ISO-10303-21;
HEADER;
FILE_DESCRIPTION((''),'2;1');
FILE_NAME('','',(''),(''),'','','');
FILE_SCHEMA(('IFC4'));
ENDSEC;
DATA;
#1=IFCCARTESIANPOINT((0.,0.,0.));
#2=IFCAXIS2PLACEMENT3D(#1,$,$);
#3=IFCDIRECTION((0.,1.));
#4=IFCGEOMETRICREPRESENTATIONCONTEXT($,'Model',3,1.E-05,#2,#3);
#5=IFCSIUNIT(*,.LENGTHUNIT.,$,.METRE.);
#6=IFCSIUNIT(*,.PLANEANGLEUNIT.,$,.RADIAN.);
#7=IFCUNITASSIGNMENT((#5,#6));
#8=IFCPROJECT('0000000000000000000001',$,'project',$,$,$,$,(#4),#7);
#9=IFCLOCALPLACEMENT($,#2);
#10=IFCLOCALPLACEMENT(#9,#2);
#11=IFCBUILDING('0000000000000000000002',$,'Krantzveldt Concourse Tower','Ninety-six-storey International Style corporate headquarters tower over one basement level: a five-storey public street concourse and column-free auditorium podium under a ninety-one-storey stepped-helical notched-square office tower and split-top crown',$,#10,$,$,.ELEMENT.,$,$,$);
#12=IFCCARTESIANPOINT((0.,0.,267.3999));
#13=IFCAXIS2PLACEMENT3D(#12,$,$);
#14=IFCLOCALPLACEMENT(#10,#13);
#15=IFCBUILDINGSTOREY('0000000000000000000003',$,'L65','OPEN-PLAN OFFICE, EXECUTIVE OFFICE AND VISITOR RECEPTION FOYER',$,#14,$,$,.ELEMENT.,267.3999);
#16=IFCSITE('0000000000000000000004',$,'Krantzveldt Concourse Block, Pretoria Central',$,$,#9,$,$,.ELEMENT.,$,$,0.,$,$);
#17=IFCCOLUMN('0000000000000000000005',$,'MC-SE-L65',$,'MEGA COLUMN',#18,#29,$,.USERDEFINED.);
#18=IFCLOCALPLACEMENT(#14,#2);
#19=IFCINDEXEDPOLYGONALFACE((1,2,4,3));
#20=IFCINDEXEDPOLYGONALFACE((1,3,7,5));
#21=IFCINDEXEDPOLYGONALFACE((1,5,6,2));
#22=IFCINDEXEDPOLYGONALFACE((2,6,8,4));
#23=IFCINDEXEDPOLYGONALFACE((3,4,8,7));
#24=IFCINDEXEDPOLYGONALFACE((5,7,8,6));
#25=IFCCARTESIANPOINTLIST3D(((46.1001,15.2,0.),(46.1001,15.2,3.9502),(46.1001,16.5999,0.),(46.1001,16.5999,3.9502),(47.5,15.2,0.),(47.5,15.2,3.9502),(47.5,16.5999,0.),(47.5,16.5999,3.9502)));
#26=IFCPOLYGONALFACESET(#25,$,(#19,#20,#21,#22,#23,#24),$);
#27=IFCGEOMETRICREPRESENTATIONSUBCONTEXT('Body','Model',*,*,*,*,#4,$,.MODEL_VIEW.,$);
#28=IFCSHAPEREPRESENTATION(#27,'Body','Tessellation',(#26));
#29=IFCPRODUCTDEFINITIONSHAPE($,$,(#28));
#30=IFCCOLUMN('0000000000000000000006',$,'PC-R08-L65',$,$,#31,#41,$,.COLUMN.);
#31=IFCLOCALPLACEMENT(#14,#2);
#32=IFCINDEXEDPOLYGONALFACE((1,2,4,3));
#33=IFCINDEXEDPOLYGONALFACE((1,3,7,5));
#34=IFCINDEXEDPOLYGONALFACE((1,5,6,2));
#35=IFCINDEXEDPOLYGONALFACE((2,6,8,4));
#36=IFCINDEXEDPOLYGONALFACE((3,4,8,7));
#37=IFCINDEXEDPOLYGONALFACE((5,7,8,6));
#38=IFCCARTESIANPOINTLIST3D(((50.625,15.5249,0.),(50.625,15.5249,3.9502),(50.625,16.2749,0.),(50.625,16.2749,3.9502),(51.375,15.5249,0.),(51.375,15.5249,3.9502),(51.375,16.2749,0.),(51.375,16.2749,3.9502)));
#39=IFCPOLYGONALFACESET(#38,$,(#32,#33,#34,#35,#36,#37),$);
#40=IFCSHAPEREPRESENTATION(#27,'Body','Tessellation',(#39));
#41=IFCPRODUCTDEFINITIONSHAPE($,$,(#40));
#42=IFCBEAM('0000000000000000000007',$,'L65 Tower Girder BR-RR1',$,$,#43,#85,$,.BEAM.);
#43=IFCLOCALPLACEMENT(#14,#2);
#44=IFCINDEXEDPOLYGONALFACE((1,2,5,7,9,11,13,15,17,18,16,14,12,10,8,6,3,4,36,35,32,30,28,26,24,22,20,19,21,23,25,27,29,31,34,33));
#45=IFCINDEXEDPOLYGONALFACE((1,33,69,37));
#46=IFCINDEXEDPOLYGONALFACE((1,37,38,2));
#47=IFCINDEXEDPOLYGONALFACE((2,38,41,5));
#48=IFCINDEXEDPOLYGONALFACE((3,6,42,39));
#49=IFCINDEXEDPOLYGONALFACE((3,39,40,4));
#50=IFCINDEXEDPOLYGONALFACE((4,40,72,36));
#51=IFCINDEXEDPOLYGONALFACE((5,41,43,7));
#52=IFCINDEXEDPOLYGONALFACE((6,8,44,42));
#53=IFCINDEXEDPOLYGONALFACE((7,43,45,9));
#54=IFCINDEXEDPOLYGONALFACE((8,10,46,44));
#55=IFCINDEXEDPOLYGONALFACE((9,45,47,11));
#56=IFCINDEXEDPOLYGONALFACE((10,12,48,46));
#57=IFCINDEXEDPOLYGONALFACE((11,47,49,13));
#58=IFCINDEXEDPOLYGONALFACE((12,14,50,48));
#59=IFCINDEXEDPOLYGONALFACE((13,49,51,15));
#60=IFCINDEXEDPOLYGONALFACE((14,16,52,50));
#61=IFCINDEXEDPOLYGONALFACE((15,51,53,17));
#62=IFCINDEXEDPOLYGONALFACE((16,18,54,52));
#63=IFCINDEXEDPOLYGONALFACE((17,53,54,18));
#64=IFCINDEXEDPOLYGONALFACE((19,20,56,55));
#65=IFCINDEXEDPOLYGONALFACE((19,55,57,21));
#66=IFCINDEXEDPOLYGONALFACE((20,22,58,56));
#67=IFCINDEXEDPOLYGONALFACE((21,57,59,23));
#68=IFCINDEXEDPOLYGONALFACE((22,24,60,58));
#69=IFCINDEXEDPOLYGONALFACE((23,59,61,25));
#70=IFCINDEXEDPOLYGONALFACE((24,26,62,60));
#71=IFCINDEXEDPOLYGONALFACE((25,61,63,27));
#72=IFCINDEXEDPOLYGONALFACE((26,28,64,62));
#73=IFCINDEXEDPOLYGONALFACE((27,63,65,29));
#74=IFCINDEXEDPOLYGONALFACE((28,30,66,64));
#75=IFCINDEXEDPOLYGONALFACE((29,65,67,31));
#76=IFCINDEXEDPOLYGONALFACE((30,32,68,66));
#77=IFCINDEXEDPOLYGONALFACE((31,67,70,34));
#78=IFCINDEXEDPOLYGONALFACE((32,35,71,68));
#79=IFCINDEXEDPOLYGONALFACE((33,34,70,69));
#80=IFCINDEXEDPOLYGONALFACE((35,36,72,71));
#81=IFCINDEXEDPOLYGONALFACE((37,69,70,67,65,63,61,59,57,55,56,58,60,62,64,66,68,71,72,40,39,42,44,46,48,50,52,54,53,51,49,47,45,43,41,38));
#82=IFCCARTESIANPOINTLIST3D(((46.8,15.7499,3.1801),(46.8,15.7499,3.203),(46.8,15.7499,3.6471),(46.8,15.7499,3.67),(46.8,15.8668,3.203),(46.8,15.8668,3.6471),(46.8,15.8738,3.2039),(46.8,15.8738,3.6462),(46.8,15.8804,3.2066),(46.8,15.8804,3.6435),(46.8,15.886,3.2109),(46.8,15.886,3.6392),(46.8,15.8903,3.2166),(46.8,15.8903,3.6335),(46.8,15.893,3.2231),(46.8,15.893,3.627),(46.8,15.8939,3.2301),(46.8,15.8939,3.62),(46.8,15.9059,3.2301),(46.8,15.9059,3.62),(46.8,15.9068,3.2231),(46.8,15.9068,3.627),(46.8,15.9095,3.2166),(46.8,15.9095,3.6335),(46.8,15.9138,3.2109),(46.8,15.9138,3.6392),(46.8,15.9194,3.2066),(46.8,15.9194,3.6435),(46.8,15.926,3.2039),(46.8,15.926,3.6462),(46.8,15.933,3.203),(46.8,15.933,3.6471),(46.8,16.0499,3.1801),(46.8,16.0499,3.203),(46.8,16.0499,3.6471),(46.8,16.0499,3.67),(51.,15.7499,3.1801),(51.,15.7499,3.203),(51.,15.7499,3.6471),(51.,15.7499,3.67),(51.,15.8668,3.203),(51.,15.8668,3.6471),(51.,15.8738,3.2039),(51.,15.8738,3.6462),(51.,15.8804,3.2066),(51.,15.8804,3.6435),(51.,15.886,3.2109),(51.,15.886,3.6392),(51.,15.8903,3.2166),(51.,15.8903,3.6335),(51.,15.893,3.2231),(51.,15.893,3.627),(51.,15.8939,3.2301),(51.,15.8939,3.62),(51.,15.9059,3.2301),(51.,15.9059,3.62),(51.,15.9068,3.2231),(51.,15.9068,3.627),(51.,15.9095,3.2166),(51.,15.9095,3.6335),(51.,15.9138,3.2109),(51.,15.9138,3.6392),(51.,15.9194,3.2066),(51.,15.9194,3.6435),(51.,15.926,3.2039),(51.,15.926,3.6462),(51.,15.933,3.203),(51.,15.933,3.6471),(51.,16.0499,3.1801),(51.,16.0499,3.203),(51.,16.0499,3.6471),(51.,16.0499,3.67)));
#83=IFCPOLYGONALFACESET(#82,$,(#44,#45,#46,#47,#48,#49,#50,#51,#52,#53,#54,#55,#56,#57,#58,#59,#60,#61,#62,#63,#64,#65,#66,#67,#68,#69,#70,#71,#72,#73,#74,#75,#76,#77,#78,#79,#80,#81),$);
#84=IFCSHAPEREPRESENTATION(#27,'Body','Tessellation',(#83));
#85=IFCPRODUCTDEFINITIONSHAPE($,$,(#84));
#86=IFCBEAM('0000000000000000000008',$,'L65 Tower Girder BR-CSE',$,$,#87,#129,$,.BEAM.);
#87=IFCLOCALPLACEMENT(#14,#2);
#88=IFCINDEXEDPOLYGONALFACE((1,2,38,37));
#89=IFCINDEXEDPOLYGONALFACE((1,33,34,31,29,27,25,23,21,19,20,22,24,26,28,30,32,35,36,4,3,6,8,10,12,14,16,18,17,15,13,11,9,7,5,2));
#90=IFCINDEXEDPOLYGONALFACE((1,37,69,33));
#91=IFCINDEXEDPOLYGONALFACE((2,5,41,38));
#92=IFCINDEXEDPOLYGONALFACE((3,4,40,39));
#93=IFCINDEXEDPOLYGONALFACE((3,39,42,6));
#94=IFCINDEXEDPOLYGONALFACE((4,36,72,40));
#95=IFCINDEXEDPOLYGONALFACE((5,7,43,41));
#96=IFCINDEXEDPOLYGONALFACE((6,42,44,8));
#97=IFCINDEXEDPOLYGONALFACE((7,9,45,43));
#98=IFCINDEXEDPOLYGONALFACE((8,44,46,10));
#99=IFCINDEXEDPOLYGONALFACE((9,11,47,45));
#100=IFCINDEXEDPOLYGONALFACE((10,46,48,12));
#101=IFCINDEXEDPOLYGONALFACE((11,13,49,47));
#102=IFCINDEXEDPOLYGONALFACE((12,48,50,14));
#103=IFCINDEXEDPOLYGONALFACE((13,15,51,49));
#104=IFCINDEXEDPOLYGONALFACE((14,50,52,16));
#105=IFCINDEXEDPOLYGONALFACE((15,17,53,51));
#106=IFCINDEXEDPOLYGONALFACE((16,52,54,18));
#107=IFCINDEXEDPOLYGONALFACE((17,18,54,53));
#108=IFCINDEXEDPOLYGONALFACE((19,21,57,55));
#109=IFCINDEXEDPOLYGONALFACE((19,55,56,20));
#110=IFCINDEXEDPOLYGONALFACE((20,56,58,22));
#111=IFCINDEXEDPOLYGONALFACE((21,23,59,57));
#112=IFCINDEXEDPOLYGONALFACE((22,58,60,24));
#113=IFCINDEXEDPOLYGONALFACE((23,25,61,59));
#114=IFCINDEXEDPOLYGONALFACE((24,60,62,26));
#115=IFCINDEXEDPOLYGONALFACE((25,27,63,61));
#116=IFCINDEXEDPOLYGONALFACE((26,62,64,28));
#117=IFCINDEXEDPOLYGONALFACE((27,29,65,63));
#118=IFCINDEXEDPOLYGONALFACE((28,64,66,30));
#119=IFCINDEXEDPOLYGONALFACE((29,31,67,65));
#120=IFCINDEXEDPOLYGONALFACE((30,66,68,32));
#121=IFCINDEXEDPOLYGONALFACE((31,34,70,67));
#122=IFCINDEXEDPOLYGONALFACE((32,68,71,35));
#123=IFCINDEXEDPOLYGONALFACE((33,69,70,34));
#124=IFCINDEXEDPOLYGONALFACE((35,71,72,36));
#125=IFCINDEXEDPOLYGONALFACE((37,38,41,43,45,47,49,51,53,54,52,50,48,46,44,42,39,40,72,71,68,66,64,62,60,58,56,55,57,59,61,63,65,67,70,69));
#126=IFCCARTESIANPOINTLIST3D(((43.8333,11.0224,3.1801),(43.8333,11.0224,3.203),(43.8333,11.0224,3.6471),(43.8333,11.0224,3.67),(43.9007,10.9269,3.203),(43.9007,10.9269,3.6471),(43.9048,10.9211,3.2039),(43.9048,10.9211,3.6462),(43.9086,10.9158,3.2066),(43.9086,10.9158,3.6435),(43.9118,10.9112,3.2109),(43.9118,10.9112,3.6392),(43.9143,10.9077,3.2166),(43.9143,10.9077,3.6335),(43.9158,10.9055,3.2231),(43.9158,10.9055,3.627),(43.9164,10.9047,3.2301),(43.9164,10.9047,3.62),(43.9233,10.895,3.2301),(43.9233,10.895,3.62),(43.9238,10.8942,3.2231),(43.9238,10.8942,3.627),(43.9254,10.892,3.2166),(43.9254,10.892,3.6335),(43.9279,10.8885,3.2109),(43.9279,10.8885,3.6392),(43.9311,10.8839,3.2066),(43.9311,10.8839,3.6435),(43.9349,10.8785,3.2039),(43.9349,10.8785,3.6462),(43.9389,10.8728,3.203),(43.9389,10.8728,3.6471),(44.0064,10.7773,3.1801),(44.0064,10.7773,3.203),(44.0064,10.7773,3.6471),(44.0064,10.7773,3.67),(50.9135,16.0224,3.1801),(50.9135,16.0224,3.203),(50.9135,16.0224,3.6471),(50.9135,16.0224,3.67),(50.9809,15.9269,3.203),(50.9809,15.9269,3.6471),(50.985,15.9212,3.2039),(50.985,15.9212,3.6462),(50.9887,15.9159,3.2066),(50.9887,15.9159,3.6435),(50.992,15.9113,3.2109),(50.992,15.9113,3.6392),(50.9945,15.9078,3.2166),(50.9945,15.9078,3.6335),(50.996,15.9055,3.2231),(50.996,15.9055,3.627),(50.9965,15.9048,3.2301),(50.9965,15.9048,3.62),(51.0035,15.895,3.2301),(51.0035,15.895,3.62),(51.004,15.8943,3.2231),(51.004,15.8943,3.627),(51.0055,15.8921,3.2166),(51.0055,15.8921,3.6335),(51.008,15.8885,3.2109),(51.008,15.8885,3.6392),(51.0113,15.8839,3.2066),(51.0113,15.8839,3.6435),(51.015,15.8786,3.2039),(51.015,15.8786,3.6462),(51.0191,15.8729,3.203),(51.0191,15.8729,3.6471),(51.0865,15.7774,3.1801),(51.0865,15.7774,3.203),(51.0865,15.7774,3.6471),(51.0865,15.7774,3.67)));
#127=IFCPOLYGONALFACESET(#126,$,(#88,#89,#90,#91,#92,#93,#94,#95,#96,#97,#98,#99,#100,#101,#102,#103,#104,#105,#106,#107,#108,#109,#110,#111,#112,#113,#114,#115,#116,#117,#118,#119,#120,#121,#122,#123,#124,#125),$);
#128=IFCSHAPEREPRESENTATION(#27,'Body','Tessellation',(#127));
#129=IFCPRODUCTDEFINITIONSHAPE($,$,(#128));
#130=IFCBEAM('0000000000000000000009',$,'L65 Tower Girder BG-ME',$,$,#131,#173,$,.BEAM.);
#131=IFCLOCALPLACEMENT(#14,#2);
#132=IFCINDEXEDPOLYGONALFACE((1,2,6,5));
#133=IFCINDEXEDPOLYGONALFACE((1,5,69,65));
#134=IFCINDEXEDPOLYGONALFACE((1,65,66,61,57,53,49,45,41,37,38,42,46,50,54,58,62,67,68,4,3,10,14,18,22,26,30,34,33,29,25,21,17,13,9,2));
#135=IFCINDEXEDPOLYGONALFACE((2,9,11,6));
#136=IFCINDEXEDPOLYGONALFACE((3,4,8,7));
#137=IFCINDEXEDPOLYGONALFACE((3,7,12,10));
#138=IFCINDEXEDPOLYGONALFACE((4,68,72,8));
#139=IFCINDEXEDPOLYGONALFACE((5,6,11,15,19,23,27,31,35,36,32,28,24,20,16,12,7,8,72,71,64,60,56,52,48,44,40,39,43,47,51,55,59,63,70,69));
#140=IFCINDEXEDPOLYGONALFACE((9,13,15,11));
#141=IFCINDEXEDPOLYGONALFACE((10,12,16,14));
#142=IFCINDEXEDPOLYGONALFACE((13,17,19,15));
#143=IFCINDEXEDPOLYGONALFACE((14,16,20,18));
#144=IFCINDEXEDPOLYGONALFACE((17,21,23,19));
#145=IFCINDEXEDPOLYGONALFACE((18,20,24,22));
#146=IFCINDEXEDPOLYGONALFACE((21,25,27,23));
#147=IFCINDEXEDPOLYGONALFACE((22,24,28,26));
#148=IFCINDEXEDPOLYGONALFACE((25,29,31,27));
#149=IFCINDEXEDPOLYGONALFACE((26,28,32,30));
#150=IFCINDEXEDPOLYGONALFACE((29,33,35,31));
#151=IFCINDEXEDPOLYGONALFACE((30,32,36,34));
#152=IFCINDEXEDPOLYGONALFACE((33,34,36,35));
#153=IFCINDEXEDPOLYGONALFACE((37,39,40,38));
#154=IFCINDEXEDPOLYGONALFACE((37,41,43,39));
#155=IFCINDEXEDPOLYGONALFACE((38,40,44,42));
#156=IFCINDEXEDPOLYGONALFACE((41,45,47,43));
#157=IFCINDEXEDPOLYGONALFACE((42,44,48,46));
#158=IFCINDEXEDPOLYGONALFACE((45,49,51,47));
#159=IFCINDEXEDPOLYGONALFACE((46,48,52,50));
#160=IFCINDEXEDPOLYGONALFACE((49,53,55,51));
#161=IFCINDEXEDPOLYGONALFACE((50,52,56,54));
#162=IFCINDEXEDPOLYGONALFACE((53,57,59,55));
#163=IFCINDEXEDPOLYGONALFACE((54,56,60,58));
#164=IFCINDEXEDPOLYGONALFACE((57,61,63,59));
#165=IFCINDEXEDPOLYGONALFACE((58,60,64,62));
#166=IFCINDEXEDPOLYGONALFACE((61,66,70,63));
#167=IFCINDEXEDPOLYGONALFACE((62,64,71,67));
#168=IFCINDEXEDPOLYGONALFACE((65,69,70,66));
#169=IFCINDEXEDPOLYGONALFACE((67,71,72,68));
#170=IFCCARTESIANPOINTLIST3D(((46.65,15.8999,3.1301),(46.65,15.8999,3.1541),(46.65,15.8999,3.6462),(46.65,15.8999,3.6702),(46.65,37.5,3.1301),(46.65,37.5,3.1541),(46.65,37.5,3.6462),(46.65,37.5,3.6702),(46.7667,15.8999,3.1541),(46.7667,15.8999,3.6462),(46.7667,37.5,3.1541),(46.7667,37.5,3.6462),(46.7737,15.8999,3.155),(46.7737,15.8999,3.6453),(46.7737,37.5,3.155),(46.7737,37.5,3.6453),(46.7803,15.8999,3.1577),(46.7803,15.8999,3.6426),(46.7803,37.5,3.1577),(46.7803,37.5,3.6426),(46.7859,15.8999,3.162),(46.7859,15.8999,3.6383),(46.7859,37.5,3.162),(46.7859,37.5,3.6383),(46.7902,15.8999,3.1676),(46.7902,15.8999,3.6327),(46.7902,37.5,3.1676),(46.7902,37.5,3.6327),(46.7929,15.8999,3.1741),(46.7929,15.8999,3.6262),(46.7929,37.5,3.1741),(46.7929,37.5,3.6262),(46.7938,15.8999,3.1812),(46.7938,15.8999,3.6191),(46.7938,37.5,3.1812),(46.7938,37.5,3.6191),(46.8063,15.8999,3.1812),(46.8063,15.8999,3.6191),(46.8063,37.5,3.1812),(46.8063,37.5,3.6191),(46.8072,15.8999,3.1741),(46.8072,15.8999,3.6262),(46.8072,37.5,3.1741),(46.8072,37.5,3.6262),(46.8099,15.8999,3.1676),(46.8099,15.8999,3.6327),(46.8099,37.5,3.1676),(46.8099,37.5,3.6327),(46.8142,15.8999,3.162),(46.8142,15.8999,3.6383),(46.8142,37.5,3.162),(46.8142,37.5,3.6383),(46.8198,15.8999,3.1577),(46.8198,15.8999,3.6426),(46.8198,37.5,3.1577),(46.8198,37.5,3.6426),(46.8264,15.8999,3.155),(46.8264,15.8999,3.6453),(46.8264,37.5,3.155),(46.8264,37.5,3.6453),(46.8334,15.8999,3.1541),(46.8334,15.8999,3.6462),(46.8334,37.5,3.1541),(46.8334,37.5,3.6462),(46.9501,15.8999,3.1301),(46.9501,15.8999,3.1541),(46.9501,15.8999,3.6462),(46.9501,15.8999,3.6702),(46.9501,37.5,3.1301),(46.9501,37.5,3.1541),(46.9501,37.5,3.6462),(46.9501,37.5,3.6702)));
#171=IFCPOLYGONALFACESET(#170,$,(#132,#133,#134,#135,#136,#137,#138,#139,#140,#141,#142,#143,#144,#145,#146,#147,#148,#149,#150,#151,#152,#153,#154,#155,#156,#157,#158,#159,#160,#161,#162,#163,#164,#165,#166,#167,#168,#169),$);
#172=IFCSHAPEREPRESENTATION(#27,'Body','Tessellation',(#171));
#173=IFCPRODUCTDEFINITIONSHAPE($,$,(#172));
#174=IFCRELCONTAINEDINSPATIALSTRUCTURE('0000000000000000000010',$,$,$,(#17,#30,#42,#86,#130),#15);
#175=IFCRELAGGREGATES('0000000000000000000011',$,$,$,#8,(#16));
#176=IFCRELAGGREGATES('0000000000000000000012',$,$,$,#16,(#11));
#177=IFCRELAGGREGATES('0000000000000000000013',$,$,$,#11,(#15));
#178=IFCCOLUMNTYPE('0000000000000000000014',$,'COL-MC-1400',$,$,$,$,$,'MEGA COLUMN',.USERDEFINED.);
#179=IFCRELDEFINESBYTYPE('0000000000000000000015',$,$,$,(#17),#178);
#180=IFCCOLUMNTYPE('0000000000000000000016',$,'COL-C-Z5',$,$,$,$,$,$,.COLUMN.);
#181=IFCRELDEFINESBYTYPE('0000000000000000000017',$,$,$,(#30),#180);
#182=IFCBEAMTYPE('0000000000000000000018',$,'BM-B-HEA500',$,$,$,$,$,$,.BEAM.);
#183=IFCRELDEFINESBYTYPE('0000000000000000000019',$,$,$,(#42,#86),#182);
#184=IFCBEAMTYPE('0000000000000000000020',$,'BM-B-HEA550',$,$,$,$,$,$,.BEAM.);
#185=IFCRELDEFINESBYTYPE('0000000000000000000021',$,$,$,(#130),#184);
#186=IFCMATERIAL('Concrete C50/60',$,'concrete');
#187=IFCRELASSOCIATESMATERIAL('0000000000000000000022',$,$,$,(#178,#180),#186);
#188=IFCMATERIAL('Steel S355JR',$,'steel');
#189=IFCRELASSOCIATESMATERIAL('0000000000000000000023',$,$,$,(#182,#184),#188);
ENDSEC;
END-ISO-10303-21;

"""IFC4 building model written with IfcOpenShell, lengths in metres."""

from ifc_helpers import new_model, si_unit, direction, frame, origin, origin_2d, place, context, subcontext, project, spatial, rectangle, i_section, extrude, source, transform, mapped, material, material_profile, profile_set, type_object, type_shapes, element, save


model = new_model("IFC4")

# Units and contexts
model_context = context("Model", 3, precision=1e-05, world=origin(), true_north=direction((0.0, 1.0)))
body_context = subcontext(model_context, "Body", "Model", "MODEL_VIEW")
ifc_project = project(units=[si_unit("LENGTHUNIT", "METRE"), si_unit("PLANEANGLEUNIT", "RADIAN")], contexts=[model_context])

# Site, building, storey
site_placement = place(None, origin())
site = spatial("IfcSite", under=ifc_project, at=site_placement, Name="Krantzveldt Concourse Block, Pretoria Central", CompositionType="ELEMENT", RefElevation=0.0)
building_placement = place(site_placement, origin())
building = spatial("IfcBuilding", under=site, at=building_placement, Name="Krantzveldt Concourse Tower", Description="Ninety-six-storey International Style corporate headquarters tower over one basement level: a five-storey public street concourse and column-free auditorium podium under a ninety-one-storey stepped-helical notched-square office tower and split-top crown", CompositionType="ELEMENT")
storey_placement = place(building_placement, frame((0.0, 0.0, 267.3999)))
storey = spatial("IfcBuildingStorey", under=building, at=storey_placement, Name="L65", Description="OPEN-PLAN OFFICE, EXECUTIVE OFFICE AND VISITOR RECEPTION FOYER", CompositionType="ELEMENT", Elevation=267.3999)

# Columns
ifc_material_1 = material(Name="Concrete C50/60", Category="concrete")
ifc_material_profile_1 = material_profile(ifc_material_1, rectangle(XDim=1.3999, YDim=1.3999, at=origin_2d()), Name="Concrete C50/60", Category="concrete")
ifc_profile_set_1 = profile_set([ifc_material_profile_1], Name="Concrete C50/60 - RC 1400x1400")
column_type_1 = type_object("IfcColumnType", Name="COL-MC-1400", ElementType="MEGA COLUMN", PredefinedType="USERDEFINED", material=ifc_profile_set_1)
shared_shape_1 = source(origin(), body_context, "Body", "SweptSolid", [
    extrude(rectangle(XDim=1.3999, YDim=1.3999, at=origin_2d()), origin(), (0.0, 0.0, 1.0), 3.9502),
])
type_shapes(column_type_1, [shared_shape_1])
column_1_placement = place(storey_placement, frame((46.8, 15.8999, 0.0), z_axis=(0.0, 0.0, 1.0), x_axis=(1.0, 0.0, 0.0)))
element("IfcColumn", 1, at=column_1_placement, inside=storey, type_object=column_type_1, Name="MC-SE-L65", ObjectType="MEGA COLUMN", PredefinedType="USERDEFINED", context=body_context, shape_type="MappedRepresentation", body=[
    mapped(shared_shape_1, transform((0.0, 0.0, 0.0), x_axis=(1.0, 0.0, 0.0), y_axis=(0.0, 1.0, 0.0), z_axis=(0.0, 0.0, 1.0), scale=1.0)),
])
ifc_material_profile_2 = material_profile(ifc_material_1, rectangle(XDim=0.75, YDim=0.75, at=origin_2d()), Name="Concrete C50/60", Category="concrete")
ifc_profile_set_2 = profile_set([ifc_material_profile_2], Name="Concrete C50/60 - RC 750x750")
column_type_2 = type_object("IfcColumnType", Name="COL-C-Z5", PredefinedType="COLUMN", material=ifc_profile_set_2)
shared_shape_2 = source(origin(), body_context, "Body", "SweptSolid", [
    extrude(rectangle(XDim=0.75, YDim=0.75, at=origin_2d()), origin(), (0.0, 0.0, 1.0), 3.9502),
])
type_shapes(column_type_2, [shared_shape_2])
column_2_placement = place(storey_placement, frame((51.0, 15.8999, 0.0), z_axis=(0.0, 0.0, 1.0), x_axis=(1.0, 0.0, 0.0)))
element("IfcColumn", 2, at=column_2_placement, inside=storey, type_object=column_type_2, Name="PC-R08-L65", PredefinedType="COLUMN", context=body_context, shape_type="MappedRepresentation", body=[
    mapped(shared_shape_2, transform((0.0, 0.0, 0.0), x_axis=(1.0, 0.0, 0.0), y_axis=(0.0, 1.0, 0.0), z_axis=(0.0, 0.0, 1.0), scale=1.0)),
])

# Beams
ifc_material_2 = material(Name="Steel S355JR", Category="steel")
ifc_material_profile_3 = material_profile(ifc_material_2, i_section(OverallWidth=0.3, OverallDepth=0.49, WebThickness=0.012, FlangeThickness=0.0229, FilletRadius=0.0271, at=origin_2d()), Name="Steel S355JR", Category="steel")
ifc_profile_set_3 = profile_set([ifc_material_profile_3], Name="Steel S355JR - HEA 500")
beam_type_1 = type_object("IfcBeamType", Name="BM-B-HEA500", PredefinedType="BEAM", material=ifc_profile_set_3)
shared_shape_3 = source(origin(), body_context, "Body", "SweptSolid", [
    extrude(i_section(OverallWidth=0.3, OverallDepth=0.49, WebThickness=0.012, FlangeThickness=0.0229, FilletRadius=0.0271, at=origin_2d()), origin(), (0.0, 0.0, 1.0), 4.2),
])
beam_1_placement = place(storey_placement, frame((46.8, 15.8999, 3.425), z_axis=(1.0, 0.0, 0.0), x_axis=(0.0, 1.0, 0.0)))
element("IfcBeam", 3, at=beam_1_placement, inside=storey, type_object=beam_type_1, Name="L65 Tower Girder BR-RR1", PredefinedType="BEAM", context=body_context, shape_type="MappedRepresentation", body=[
    mapped(shared_shape_3, transform((0.0, 0.0, 0.0), x_axis=(1.0, 0.0, 0.0), y_axis=(0.0, 1.0, 0.0), z_axis=(0.0, 0.0, 1.0), scale=1.0)),
])
shared_shape_4 = source(origin(), body_context, "Body", "SweptSolid", [
    extrude(i_section(OverallWidth=0.3, OverallDepth=0.49, WebThickness=0.012, FlangeThickness=0.0229, FilletRadius=0.0271, at=origin_2d()), origin(), (0.0, 0.0, 1.0), 8.6677),
])
type_shapes(beam_type_1, [shared_shape_3, shared_shape_4])
beam_2_placement = place(storey_placement, frame((51.0, 15.8999, 3.425), z_axis=(-0.816843, -0.57686, 0.0), x_axis=(0.57686, -0.816843, 0.0)))
element("IfcBeam", 4, at=beam_2_placement, inside=storey, type_object=beam_type_1, Name="L65 Tower Girder BR-CSE", PredefinedType="BEAM", context=body_context, shape_type="MappedRepresentation", body=[
    mapped(shared_shape_4, transform((0.0, 0.0, 0.0), x_axis=(1.0, 0.0, 0.0), y_axis=(0.0, 1.0, 0.0), z_axis=(0.0, 0.0, 1.0), scale=1.0)),
])
ifc_material_profile_4 = material_profile(ifc_material_2, i_section(OverallWidth=0.3, OverallDepth=0.54, WebThickness=0.0125, FlangeThickness=0.0239, FilletRadius=0.0271, at=origin_2d()), Name="Steel S355JR", Category="steel")
ifc_profile_set_4 = profile_set([ifc_material_profile_4], Name="Steel S355JR - HEA 550")
beam_type_2 = type_object("IfcBeamType", Name="BM-B-HEA550", PredefinedType="BEAM", material=ifc_profile_set_4)
shared_shape_5 = source(origin(), body_context, "Body", "SweptSolid", [
    extrude(i_section(OverallWidth=0.3, OverallDepth=0.54, WebThickness=0.0125, FlangeThickness=0.0239, FilletRadius=0.0271, at=origin_2d()), origin(), (0.0, 0.0, 1.0), 21.6001),
])
beam_3_placement = place(storey_placement, frame((46.8, 15.8999, 3.4001), z_axis=(0.0, 1.0, 0.0), x_axis=(-1.0, 0.0, 0.0)))
element("IfcBeam", 5, at=beam_3_placement, inside=storey, type_object=beam_type_2, Name="L65 Tower Girder BG-ME", PredefinedType="BEAM", context=body_context, shape_type="MappedRepresentation", body=[
    mapped(shared_shape_5, transform((0.0, 0.0, 0.0), x_axis=(1.0, 0.0, 0.0), y_axis=(0.0, 1.0, 0.0), z_axis=(0.0, 0.0, 1.0), scale=1.0)),
])

save(model, "model.ifc")
